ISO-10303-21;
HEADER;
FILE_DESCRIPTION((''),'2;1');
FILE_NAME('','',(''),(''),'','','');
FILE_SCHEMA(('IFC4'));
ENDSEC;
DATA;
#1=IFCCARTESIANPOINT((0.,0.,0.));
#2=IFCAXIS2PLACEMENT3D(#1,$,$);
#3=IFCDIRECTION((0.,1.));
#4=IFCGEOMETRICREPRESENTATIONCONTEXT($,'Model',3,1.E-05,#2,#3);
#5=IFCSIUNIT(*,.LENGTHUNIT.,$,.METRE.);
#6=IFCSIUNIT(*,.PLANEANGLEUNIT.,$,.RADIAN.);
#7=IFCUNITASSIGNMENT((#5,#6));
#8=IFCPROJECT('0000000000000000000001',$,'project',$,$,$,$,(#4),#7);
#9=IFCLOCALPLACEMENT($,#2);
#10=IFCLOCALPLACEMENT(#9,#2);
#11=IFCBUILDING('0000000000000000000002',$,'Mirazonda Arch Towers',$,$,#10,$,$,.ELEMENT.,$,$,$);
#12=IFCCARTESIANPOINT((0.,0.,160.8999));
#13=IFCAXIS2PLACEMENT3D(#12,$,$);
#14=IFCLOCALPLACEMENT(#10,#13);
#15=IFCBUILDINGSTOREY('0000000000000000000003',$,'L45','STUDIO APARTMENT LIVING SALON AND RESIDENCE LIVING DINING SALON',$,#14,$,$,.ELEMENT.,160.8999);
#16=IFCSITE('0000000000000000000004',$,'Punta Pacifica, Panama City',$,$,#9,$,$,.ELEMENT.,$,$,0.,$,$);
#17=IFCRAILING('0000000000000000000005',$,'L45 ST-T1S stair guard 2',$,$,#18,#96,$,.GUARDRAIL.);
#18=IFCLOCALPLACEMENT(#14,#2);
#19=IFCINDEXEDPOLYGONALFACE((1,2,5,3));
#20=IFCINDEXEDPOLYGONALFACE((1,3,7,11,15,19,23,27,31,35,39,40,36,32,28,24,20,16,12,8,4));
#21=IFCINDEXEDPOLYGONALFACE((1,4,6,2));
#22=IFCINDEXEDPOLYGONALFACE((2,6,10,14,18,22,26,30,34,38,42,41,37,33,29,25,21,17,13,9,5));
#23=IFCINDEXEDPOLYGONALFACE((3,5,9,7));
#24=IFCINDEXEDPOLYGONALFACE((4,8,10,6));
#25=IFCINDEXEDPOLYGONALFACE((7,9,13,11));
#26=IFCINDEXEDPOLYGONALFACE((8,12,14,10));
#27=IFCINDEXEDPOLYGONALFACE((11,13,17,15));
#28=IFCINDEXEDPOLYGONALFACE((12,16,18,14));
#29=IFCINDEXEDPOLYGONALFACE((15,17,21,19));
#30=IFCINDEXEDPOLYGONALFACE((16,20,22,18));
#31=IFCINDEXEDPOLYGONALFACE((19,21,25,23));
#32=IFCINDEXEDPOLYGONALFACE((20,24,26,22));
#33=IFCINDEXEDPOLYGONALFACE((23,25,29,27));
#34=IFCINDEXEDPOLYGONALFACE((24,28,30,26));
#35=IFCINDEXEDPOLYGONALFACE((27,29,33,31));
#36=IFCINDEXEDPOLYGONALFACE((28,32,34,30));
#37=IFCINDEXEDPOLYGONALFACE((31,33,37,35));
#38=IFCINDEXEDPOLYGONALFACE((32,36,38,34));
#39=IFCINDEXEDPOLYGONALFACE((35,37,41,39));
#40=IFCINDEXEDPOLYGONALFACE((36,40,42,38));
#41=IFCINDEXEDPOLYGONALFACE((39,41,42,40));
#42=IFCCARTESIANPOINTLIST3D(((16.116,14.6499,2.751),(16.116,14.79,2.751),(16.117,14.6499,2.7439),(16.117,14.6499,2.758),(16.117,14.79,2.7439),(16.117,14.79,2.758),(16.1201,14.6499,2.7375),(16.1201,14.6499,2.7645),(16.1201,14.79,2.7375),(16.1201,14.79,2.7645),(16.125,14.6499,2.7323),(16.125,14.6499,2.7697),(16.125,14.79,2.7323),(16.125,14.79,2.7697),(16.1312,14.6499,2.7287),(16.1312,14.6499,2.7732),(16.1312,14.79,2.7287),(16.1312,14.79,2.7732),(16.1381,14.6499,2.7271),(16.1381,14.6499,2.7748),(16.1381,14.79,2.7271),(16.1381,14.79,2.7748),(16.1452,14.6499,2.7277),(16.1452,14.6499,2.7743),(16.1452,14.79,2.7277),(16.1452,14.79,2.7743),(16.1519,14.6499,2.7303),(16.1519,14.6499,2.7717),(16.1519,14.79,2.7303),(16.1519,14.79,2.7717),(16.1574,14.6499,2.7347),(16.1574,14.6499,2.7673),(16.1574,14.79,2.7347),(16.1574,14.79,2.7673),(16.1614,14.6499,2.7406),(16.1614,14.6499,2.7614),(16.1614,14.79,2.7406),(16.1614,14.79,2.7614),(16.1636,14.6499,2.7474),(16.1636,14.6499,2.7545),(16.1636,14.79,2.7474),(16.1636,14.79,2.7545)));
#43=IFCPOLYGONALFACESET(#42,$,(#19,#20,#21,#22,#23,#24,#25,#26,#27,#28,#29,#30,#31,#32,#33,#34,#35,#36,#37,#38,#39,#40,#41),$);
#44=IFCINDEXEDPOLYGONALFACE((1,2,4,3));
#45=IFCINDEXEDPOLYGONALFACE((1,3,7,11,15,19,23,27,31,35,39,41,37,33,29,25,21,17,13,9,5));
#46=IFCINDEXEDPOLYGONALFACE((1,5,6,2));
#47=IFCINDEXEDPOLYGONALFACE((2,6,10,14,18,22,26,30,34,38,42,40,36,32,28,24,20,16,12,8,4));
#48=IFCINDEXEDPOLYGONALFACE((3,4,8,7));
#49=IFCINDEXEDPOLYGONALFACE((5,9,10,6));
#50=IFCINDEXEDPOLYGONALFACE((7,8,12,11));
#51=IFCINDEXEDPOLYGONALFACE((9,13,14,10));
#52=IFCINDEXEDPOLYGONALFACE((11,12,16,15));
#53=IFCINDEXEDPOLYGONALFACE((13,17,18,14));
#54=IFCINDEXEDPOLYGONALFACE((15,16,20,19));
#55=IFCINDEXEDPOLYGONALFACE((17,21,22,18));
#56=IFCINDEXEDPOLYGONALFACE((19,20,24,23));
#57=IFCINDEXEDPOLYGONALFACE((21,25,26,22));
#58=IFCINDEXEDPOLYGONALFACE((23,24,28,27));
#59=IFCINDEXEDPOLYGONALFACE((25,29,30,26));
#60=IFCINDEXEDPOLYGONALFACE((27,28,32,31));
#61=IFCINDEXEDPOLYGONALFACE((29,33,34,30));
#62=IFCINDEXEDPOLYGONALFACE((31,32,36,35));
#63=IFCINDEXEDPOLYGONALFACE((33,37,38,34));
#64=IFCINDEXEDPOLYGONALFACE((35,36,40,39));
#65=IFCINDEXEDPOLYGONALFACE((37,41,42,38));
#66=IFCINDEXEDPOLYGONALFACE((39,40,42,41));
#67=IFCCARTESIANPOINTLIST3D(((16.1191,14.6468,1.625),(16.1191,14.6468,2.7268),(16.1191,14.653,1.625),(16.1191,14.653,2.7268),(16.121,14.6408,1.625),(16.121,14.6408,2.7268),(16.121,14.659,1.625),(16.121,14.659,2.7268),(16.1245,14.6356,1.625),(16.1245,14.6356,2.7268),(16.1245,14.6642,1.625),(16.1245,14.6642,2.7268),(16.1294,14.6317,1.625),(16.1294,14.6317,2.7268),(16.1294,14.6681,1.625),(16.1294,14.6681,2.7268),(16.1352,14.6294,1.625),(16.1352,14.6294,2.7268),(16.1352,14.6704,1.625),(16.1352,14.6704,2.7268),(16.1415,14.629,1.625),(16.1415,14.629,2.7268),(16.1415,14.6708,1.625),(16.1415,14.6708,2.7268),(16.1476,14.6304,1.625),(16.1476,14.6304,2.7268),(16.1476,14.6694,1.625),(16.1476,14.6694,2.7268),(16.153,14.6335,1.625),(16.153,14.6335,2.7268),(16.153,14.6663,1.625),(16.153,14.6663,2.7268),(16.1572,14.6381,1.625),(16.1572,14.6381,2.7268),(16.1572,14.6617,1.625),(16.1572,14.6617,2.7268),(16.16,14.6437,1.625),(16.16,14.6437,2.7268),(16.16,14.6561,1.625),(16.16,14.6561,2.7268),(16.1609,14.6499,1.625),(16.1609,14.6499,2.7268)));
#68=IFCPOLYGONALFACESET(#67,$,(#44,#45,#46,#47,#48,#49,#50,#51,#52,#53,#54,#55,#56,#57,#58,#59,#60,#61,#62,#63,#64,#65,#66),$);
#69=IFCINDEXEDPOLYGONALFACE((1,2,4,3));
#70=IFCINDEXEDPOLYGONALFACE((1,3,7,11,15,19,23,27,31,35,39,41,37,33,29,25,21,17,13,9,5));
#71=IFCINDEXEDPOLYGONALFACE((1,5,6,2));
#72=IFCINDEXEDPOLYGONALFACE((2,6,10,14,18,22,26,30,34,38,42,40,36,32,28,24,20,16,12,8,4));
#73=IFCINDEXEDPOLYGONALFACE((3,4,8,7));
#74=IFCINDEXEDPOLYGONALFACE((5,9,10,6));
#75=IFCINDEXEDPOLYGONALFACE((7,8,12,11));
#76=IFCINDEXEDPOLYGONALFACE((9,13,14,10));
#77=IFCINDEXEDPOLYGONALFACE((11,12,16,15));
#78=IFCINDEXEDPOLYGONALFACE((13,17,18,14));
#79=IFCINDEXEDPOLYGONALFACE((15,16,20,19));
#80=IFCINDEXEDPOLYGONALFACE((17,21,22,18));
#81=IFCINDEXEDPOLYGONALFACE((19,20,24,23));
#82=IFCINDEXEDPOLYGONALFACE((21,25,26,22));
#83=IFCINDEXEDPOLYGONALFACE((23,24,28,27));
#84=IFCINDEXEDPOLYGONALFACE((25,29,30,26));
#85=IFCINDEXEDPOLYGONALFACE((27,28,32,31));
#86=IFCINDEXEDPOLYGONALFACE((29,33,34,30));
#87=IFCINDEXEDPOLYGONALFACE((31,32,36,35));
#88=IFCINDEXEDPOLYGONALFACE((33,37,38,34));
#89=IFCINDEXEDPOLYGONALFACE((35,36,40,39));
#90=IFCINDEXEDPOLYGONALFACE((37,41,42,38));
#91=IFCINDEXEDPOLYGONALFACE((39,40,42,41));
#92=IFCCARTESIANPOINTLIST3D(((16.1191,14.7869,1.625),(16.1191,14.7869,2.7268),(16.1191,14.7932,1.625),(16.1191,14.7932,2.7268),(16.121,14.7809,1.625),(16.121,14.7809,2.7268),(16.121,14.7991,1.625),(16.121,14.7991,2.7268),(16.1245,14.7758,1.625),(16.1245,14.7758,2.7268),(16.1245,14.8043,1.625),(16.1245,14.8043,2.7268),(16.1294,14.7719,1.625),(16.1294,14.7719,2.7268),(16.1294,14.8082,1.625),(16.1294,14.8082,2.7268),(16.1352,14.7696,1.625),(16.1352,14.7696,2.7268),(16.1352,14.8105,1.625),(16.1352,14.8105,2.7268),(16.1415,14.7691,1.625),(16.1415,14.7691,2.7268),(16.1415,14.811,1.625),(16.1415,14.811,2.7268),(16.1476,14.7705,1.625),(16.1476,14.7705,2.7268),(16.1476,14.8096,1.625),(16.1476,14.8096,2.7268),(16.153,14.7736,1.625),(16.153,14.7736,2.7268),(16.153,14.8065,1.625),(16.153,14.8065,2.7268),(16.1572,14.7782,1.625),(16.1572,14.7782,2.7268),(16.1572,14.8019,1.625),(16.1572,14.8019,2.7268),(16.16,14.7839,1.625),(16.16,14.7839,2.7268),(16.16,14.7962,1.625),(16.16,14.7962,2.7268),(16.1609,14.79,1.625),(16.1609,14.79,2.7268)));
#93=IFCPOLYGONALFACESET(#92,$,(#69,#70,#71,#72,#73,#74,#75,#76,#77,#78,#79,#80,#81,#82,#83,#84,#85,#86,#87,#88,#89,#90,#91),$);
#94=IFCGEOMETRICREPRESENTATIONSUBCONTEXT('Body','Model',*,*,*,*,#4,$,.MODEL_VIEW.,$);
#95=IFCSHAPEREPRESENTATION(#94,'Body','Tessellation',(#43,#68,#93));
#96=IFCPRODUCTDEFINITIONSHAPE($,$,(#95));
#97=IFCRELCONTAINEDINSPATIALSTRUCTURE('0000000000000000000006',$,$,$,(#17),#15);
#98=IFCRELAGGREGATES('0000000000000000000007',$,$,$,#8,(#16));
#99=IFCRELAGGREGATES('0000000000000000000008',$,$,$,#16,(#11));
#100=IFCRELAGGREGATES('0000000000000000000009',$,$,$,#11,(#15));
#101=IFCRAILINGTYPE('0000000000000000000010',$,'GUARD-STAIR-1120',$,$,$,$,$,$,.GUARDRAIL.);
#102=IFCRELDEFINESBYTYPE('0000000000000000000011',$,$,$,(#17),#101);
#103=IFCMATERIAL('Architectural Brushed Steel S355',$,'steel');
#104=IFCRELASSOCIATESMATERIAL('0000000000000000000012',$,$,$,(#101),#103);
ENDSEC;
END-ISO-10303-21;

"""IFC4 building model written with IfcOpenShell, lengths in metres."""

from ifc_helpers import new_model, si_unit, direction, frame, origin, origin_2d, place, context, subcontext, project, spatial, circle, extrude, material, type_object, element, save


model = new_model("IFC4")

# Units and contexts
model_context = context("Model", 3, precision=1e-05, world=origin(), true_north=direction((0.0, 1.0)))
body_context = subcontext(model_context, "Body", "Model", "MODEL_VIEW")
ifc_project = project(units=[si_unit("LENGTHUNIT", "METRE"), si_unit("PLANEANGLEUNIT", "RADIAN")], contexts=[model_context])

# Site, building, storey
site_placement = place(None, origin())
site = spatial("IfcSite", under=ifc_project, at=site_placement, Name="Punta Pacifica, Panama City", CompositionType="ELEMENT", RefElevation=0.0)
building_placement = place(site_placement, origin())
building = spatial("IfcBuilding", under=site, at=building_placement, Name="Mirazonda Arch Towers", CompositionType="ELEMENT")
storey_placement = place(building_placement, frame((0.0, 0.0, 160.8999)))
storey = spatial("IfcBuildingStorey", under=building, at=storey_placement, Name="L45", Description="STUDIO APARTMENT LIVING SALON AND RESIDENCE LIVING DINING SALON", CompositionType="ELEMENT", Elevation=160.8999)

# Shared definitions
ifc_material_1 = material(Name="Architectural Brushed Steel S355", Category="steel")

# Railing
railing_type_1 = type_object("IfcRailingType", Name="GUARD-STAIR-1120", PredefinedType="GUARDRAIL", material=ifc_material_1)
railing_1_placement = place(storey_placement, frame((16.1399, 14.6499, 1.625)))
element("IfcRailing", 1, at=railing_1_placement, inside=storey, type_object=railing_type_1, Name="L45 ST-T1S stair guard 2", PredefinedType="GUARDRAIL", context=body_context, shape_type="SweptSolid", body=[
    extrude(circle(Radius=0.0239, at=origin_2d()), frame((0.0, 0.0, 1.126), z_axis=(0.0, 1.0, 0.0), x_axis=(-1.0, 0.0, 0.0)), (0.0, 0.0, 1.0), 0.1401),
    extrude(circle(Radius=0.021, at=origin_2d()), origin(), (0.0, 0.0, 1.0), 1.1018),
    extrude(circle(Radius=0.021, at=origin_2d()), frame((0.0, 0.1401, 0.0)), (0.0, 0.0, 1.0), 1.1018),
])

save(model, "model.ifc")
